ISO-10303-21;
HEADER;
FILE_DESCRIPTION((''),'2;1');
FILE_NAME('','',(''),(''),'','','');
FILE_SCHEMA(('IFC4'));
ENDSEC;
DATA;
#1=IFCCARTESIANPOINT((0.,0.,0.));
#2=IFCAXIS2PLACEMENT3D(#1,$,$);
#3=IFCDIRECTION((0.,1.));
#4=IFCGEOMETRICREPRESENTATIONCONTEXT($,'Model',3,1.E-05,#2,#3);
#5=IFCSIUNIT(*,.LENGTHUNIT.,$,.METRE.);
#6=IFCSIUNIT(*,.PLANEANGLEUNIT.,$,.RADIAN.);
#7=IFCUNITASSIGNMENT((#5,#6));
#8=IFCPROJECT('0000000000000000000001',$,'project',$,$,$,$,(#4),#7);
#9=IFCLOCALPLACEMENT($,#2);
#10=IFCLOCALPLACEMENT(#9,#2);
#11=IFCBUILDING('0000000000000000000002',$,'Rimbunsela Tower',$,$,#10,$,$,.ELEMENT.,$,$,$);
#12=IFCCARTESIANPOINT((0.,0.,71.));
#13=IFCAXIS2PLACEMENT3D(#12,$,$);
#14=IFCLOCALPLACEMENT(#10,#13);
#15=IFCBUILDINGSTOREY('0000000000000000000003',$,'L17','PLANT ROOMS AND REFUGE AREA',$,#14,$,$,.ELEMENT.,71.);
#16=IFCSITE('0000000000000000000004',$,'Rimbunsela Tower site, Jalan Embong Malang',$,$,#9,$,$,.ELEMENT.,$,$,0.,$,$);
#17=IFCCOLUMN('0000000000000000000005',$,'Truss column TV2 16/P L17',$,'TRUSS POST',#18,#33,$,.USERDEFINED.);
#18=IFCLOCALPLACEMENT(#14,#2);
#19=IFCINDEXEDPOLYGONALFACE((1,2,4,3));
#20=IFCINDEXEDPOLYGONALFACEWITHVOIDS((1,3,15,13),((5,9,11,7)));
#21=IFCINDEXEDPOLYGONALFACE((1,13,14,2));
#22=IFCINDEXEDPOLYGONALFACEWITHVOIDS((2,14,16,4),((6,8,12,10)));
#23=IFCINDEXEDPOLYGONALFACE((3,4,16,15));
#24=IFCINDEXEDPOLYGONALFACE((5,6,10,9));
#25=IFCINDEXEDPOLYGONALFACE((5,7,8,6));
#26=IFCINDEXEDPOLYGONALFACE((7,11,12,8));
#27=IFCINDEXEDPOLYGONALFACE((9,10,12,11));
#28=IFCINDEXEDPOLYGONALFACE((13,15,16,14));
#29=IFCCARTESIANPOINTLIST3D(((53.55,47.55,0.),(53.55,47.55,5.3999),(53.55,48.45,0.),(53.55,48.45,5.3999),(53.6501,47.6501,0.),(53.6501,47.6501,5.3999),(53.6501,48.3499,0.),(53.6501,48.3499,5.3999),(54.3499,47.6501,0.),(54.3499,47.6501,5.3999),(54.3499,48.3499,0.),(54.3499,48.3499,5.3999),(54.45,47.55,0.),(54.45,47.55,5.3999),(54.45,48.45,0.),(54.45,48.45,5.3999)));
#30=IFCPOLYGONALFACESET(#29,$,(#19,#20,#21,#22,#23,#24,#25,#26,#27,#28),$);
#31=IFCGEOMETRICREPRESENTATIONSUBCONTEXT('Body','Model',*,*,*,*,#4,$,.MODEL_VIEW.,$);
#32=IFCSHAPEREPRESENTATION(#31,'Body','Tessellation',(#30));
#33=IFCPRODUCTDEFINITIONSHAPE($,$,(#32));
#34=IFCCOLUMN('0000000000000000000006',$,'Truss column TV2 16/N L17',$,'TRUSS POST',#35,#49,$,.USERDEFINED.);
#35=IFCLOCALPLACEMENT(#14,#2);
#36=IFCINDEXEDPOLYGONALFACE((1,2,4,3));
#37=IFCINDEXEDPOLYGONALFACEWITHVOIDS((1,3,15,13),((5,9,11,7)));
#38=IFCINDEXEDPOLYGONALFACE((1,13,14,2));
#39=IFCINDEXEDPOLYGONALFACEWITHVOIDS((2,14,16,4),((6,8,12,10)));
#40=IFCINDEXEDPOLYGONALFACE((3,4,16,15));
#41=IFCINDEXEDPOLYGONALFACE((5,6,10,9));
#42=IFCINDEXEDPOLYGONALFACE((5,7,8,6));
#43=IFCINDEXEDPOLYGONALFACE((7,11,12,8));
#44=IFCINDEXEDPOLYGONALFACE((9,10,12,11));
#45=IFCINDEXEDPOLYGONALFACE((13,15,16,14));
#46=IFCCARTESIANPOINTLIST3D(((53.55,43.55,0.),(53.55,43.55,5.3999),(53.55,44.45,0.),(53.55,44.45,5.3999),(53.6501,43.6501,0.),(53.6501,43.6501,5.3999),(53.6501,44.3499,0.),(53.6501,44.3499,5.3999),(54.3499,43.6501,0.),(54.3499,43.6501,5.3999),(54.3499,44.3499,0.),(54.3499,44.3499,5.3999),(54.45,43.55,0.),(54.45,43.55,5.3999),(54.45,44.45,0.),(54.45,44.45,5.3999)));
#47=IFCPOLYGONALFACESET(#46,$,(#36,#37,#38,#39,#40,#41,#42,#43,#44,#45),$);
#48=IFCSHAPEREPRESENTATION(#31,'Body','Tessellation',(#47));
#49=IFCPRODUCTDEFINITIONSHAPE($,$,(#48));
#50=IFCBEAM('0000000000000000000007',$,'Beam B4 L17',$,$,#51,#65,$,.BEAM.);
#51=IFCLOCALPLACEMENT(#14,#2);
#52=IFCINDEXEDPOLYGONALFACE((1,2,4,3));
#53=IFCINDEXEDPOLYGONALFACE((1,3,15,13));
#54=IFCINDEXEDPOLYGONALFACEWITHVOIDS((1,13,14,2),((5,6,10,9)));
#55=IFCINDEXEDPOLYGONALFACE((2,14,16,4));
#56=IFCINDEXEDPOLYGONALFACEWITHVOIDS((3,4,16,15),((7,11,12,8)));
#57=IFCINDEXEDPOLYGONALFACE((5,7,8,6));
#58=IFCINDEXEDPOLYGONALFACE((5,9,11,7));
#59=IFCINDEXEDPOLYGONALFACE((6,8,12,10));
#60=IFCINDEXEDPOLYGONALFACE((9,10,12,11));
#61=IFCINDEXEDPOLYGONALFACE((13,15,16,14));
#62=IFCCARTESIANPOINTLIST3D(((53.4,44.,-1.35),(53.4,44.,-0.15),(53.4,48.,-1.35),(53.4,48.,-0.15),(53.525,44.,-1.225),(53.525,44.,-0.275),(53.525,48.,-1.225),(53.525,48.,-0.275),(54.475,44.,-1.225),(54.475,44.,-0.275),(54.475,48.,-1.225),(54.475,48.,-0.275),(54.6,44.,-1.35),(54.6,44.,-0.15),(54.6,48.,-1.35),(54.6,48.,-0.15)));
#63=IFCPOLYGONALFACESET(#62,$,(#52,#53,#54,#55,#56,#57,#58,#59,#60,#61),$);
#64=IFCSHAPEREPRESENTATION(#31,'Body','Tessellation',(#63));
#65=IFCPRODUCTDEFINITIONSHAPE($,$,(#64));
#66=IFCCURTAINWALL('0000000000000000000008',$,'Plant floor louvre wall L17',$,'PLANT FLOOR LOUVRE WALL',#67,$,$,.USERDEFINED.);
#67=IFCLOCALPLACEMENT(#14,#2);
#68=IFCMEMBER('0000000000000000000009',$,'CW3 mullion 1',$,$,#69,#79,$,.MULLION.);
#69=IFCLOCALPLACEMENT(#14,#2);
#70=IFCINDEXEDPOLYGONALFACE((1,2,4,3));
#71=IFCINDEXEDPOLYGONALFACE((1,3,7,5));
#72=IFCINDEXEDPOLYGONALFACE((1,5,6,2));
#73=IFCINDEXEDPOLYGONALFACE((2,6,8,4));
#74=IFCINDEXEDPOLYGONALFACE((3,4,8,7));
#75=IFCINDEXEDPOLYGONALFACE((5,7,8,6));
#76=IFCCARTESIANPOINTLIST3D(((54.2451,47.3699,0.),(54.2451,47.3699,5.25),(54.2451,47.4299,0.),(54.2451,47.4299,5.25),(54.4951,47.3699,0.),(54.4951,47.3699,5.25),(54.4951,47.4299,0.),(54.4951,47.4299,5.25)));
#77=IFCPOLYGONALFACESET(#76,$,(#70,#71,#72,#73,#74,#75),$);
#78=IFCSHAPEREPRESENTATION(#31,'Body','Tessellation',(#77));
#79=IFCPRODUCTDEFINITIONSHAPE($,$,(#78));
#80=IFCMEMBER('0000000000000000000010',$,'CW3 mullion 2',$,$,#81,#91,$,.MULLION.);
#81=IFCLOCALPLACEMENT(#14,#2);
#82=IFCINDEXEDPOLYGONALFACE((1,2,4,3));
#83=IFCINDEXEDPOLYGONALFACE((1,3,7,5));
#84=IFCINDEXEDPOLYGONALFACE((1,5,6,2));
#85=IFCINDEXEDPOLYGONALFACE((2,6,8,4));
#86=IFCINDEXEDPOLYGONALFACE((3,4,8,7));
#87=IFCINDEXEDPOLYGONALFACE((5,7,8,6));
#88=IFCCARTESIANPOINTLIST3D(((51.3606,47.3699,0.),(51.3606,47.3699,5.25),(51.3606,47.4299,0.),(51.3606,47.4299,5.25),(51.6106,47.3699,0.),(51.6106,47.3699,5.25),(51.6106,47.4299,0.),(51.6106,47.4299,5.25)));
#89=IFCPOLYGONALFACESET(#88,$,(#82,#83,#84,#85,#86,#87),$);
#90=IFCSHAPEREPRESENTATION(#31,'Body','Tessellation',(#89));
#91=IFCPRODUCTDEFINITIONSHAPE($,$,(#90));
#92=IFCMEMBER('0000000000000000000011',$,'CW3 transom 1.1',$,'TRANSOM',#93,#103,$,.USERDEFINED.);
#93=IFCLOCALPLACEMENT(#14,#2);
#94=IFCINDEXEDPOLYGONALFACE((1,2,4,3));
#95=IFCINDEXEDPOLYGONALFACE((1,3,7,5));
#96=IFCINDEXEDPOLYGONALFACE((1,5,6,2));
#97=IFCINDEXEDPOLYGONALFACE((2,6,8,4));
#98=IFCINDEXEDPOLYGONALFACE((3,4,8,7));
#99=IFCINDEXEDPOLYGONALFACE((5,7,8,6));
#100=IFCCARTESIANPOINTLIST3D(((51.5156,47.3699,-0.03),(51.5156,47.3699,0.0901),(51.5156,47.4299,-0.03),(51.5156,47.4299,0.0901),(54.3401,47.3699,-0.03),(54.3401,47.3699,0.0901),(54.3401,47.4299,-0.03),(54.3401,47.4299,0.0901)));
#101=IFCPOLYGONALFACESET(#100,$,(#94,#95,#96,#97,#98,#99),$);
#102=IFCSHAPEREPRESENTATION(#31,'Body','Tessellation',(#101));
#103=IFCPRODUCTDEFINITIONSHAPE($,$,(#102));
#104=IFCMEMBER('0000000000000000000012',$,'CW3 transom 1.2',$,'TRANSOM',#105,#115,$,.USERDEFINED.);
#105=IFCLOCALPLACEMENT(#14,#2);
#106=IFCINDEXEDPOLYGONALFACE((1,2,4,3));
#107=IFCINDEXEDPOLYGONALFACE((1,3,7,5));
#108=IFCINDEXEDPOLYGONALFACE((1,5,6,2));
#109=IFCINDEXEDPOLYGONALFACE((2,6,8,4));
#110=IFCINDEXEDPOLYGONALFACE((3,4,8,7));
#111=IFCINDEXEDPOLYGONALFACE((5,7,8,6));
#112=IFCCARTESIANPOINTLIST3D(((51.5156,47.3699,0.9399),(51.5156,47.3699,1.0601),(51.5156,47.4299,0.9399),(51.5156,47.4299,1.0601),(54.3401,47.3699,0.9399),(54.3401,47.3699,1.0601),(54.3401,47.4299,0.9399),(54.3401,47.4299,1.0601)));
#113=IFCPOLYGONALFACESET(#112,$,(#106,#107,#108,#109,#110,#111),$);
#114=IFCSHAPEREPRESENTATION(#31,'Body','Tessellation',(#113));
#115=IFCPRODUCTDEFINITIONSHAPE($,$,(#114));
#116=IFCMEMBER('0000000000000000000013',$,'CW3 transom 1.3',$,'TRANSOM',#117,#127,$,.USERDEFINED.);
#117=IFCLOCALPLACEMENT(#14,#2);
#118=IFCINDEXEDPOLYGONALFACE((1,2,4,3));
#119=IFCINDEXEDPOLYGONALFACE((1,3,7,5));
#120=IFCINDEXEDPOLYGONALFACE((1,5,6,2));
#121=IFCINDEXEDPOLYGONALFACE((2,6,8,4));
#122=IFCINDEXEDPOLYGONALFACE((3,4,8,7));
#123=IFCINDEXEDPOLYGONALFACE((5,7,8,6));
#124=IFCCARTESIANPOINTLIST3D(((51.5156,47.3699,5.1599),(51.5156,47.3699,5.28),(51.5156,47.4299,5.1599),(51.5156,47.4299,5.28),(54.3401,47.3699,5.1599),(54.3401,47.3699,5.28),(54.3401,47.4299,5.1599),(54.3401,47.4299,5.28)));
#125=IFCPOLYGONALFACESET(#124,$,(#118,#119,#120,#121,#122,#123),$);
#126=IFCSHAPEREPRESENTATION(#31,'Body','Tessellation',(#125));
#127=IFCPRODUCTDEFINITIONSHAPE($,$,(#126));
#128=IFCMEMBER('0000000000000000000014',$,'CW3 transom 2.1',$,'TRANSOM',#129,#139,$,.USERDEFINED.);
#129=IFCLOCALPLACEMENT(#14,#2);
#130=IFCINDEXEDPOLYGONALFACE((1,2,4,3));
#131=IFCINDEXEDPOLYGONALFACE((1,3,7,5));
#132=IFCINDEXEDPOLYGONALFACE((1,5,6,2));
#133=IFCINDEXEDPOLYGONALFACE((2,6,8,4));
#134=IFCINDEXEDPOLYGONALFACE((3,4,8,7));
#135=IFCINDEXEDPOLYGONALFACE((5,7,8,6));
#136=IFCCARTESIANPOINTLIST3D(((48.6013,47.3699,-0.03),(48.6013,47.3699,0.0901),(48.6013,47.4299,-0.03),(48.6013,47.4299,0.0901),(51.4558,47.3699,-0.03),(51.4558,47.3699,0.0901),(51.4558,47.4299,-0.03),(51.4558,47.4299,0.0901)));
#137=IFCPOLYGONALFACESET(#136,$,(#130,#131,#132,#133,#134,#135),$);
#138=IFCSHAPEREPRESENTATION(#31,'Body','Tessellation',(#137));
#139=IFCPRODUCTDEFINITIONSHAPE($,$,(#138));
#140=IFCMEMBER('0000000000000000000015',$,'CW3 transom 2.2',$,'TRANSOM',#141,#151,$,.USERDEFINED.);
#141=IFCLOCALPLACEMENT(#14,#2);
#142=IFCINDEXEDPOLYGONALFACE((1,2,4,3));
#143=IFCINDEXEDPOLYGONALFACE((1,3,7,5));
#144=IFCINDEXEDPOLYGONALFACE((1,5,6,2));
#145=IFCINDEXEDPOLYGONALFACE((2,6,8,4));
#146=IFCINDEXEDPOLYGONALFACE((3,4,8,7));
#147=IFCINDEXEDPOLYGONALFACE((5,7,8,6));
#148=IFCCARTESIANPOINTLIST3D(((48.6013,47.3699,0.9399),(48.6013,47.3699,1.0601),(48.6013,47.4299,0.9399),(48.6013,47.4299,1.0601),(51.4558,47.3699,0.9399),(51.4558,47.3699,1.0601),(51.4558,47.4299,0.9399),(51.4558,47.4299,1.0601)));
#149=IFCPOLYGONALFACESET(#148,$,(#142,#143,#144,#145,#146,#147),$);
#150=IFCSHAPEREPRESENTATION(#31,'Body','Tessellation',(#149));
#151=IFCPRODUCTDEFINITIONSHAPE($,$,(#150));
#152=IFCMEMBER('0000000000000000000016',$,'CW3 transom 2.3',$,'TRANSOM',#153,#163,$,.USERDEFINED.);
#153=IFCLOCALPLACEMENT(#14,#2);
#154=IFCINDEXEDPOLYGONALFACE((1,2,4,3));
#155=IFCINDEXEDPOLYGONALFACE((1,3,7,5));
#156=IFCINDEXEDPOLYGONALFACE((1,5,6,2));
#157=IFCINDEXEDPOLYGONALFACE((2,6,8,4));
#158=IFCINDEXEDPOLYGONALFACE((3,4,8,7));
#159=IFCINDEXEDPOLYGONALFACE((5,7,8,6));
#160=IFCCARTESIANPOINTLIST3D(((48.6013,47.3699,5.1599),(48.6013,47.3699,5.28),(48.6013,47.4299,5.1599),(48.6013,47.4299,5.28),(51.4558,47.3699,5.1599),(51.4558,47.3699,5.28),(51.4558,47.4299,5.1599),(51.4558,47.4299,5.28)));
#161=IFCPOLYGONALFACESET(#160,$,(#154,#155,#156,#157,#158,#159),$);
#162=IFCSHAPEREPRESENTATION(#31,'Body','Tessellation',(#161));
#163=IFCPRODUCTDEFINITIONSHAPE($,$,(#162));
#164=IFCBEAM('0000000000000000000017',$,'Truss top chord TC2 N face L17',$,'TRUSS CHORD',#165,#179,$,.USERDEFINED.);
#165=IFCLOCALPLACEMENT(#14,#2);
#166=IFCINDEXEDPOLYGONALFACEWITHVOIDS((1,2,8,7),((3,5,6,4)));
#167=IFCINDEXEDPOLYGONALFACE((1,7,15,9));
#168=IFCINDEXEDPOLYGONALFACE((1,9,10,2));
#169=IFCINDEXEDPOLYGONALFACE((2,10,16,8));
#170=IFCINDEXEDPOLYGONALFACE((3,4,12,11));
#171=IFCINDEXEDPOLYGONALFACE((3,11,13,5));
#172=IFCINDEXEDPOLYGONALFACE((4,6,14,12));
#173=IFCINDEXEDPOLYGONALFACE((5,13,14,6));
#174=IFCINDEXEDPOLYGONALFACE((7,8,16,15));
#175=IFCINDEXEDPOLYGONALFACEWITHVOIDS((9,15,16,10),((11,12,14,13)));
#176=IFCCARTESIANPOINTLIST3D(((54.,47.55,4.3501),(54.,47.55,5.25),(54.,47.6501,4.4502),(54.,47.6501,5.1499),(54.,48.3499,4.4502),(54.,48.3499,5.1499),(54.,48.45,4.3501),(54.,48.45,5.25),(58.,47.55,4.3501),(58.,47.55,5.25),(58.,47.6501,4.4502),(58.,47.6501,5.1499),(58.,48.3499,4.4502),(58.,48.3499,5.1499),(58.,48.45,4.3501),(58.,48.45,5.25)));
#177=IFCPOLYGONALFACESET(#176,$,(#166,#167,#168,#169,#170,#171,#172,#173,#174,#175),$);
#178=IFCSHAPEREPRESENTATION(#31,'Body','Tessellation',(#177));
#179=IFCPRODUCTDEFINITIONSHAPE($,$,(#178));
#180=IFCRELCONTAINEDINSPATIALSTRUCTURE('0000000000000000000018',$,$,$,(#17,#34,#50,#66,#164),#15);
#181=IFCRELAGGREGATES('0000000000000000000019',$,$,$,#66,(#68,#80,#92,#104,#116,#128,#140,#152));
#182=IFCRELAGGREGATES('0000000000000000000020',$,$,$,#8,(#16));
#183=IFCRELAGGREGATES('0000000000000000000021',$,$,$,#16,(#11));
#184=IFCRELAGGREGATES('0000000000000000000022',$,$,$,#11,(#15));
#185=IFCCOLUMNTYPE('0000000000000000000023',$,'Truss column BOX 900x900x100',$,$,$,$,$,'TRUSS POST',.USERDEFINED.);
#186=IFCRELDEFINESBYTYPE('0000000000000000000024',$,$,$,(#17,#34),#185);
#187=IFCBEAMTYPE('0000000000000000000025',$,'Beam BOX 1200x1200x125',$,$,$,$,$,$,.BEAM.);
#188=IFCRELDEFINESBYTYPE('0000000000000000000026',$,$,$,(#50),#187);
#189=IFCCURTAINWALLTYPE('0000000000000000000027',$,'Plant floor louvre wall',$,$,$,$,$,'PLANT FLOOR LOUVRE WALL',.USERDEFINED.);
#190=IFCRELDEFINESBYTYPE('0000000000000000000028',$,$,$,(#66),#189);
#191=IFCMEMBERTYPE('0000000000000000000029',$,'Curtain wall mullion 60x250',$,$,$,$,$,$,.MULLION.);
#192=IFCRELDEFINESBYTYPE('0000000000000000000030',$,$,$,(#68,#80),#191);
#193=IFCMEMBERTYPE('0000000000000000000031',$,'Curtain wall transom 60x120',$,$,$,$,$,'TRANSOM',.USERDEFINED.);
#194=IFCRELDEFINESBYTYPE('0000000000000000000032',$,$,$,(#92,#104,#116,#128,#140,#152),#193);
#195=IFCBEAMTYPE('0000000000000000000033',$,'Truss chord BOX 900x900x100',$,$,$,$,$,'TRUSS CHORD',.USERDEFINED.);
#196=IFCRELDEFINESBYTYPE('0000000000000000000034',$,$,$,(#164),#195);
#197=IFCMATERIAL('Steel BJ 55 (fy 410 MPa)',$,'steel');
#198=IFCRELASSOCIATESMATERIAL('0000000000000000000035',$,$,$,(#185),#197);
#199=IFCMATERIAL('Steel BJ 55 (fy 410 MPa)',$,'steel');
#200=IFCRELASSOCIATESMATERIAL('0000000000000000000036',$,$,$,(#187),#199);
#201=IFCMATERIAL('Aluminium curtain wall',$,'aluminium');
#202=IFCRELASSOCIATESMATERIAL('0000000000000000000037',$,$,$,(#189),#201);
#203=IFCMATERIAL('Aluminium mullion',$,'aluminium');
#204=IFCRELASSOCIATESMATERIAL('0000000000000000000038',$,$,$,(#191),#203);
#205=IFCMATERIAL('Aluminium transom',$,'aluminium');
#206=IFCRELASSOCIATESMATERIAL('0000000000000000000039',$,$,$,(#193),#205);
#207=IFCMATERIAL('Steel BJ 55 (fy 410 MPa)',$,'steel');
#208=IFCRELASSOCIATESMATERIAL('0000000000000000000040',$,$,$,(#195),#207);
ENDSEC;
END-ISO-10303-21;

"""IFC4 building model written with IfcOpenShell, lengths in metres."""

from ifc_helpers import new_model, si_unit, direction, frame, origin, origin_2d, place, context, subcontext, project, spatial, rectangle, hollow_rectangle, extrude, material, material_profile, profile_set, type_object, element, aggregate, save


model = new_model("IFC4")

# Units and contexts
model_context = context("Model", 3, precision=1e-05, world=origin(), true_north=direction((0.0, 1.0)))
body_context = subcontext(model_context, "Body", "Model", "MODEL_VIEW")
ifc_project = project(units=[si_unit("LENGTHUNIT", "METRE"), si_unit("PLANEANGLEUNIT", "RADIAN")], contexts=[model_context])

# Site, building, storey
site_placement = place(None, origin())
site = spatial("IfcSite", under=ifc_project, at=site_placement, Name="Rimbunsela Tower site, Jalan Embong Malang", CompositionType="ELEMENT", RefElevation=0.0)
building_placement = place(site_placement, origin())
building = spatial("IfcBuilding", under=site, at=building_placement, Name="Rimbunsela Tower", CompositionType="ELEMENT")
storey_placement = place(building_placement, frame((0.0, 0.0, 71.0)))
storey = spatial("IfcBuildingStorey", under=building, at=storey_placement, Name="L17", Description="PLANT ROOMS AND REFUGE AREA", CompositionType="ELEMENT", Elevation=71.0)

# Columns
ifc_material_1 = material(Name="Steel BJ 55 (fy 410 MPa)", Category="steel")
ifc_material_profile_1 = material_profile(ifc_material_1, hollow_rectangle(XDim=0.8999, YDim=0.8999, WallThickness=0.1001, at=origin_2d()), Name="BOX 900x900x100")
ifc_profile_set_1 = profile_set([ifc_material_profile_1], Name="Steel BJ 55 (fy 410 MPa)")
column_type = type_object("IfcColumnType", Name="Truss column BOX 900x900x100", ElementType="TRUSS POST", PredefinedType="USERDEFINED", material=ifc_profile_set_1)
for number, where, z_axis, x_axis, name in (
    (1, (54.0, 48.0, 0.0), (0.0, 0.0, 1.0), (1.0, 0.0, 0.0), "Truss column TV2 16/P L17"),
    (2, (54.0, 44.0, 0.0), (0.0, 0.0, 1.0), (1.0, 0.0, 0.0), "Truss column TV2 16/N L17"),
):
    element("IfcColumn", number, at=place(storey_placement, frame(where, z_axis=z_axis, x_axis=x_axis)), inside=storey, type_object=column_type, Name=name, ObjectType="TRUSS POST", PredefinedType="USERDEFINED", context=body_context, shape_type="SweptSolid", body=[
        extrude(hollow_rectangle(XDim=0.8999, YDim=0.8999, WallThickness=0.1001, at=origin_2d()), origin(), (0.0, 0.0, 1.0), 5.3999),
    ])

# Beam
ifc_material_2 = material(Name="Steel BJ 55 (fy 410 MPa)", Category="steel")
ifc_material_profile_2 = material_profile(ifc_material_2, hollow_rectangle(XDim=1.2, YDim=1.2, WallThickness=0.125, at=origin_2d()), Name="BOX 1200x1200x125")
ifc_profile_set_2 = profile_set([ifc_material_profile_2], Name="Steel BJ 55 (fy 410 MPa)")
beam_type_1 = type_object("IfcBeamType", Name="Beam BOX 1200x1200x125", PredefinedType="BEAM", material=ifc_profile_set_2)
beam_placement = place(storey_placement, frame((54.0, 44.0, -0.75), z_axis=(0.0, 1.0, 0.0), x_axis=(-1.0, 0.0, 0.0)))
element("IfcBeam", 3, at=beam_placement, inside=storey, type_object=beam_type_1, Name="Beam B4 L17", PredefinedType="BEAM", context=body_context, shape_type="SweptSolid", body=[
    extrude(hollow_rectangle(XDim=1.2, YDim=1.2, WallThickness=0.125, at=origin_2d()), origin(), (0.0, 0.0, 1.0), 4.0),
])

# Curtain wall, members
ifc_material_3 = material(Name="Aluminium curtain wall", Category="aluminium")
curtain_wall_type = type_object("IfcCurtainWallType", Name="Plant floor louvre wall", ElementType="PLANT FLOOR LOUVRE WALL", PredefinedType="USERDEFINED", material=ifc_material_3)
curtain_wall_placement = place(storey_placement, origin())
curtain_wall = element("IfcCurtainWall", 4, at=curtain_wall_placement, inside=storey, type_object=curtain_wall_type, Name="Plant floor louvre wall L17", ObjectType="PLANT FLOOR LOUVRE WALL", PredefinedType="USERDEFINED")
ifc_material_4 = material(Name="Aluminium mullion", Category="aluminium")
ifc_material_profile_3 = material_profile(ifc_material_4, rectangle(XDim=0.0601, YDim=0.25, at=origin_2d()), Name="Mullion 60x250")
ifc_profile_set_3 = profile_set([ifc_material_profile_3], Name="Aluminium mullion")
member_type_1 = type_object("IfcMemberType", Name="Curtain wall mullion 60x250", PredefinedType="MULLION", material=ifc_profile_set_3)
member_1_placement = place(storey_placement, frame((54.3701, 47.3999, 0.0), z_axis=(0.0, 0.0, 1.0), x_axis=(0.0, -1.0, 0.0)))
member_1 = element("IfcMember", 5, at=member_1_placement, type_object=member_type_1, Name="CW3 mullion 1", PredefinedType="MULLION", context=body_context, shape_type="SweptSolid", body=[
    extrude(rectangle(XDim=0.0601, YDim=0.25, at=origin_2d()), origin(), (0.0, 0.0, 1.0), 5.25),
])
member_2_placement = place(storey_placement, frame((51.4856, 47.3999, 0.0), z_axis=(0.0, 0.0, 1.0), x_axis=(0.0, -1.0, 0.0)))
member_2 = element("IfcMember", 6, at=member_2_placement, type_object=member_type_1, Name="CW3 mullion 2", PredefinedType="MULLION", context=body_context, shape_type="SweptSolid", body=[
    extrude(rectangle(XDim=0.0601, YDim=0.25, at=origin_2d()), origin(), (0.0, 0.0, 1.0), 5.25),
])
ifc_material_5 = material(Name="Aluminium transom", Category="aluminium")
ifc_material_profile_4 = material_profile(ifc_material_5, rectangle(XDim=0.0601, YDim=0.1201, at=origin_2d()), Name="Transom 60x120")
ifc_profile_set_4 = profile_set([ifc_material_profile_4], Name="Aluminium transom")
member_type_2 = type_object("IfcMemberType", Name="Curtain wall transom 60x120", ElementType="TRANSOM", PredefinedType="USERDEFINED", material=ifc_profile_set_4)
member_3_placement = place(storey_placement, frame((54.3401, 47.3999, 0.03), z_axis=(-1.0, 0.0, 0.0), x_axis=(0.0, -1.0, 0.0)))
member_3 = element("IfcMember", 7, at=member_3_placement, type_object=member_type_2, Name="CW3 transom 1.1", ObjectType="TRANSOM", PredefinedType="USERDEFINED", context=body_context, shape_type="SweptSolid", body=[
    extrude(rectangle(XDim=0.0601, YDim=0.1201, at=origin_2d()), origin(), (0.0, 0.0, 1.0), 2.8245),
])
member_4_placement = place(storey_placement, frame((54.3401, 47.3999, 1.0), z_axis=(-1.0, 0.0, 0.0), x_axis=(0.0, -1.0, 0.0)))
member_4 = element("IfcMember", 8, at=member_4_placement, type_object=member_type_2, Name="CW3 transom 1.2", ObjectType="TRANSOM", PredefinedType="USERDEFINED", context=body_context, shape_type="SweptSolid", body=[
    extrude(rectangle(XDim=0.0601, YDim=0.1201, at=origin_2d()), origin(), (0.0, 0.0, 1.0), 2.8245),
])
member_5_placement = place(storey_placement, frame((54.3401, 47.3999, 5.22), z_axis=(-1.0, 0.0, 0.0), x_axis=(0.0, -1.0, 0.0)))
member_5 = element("IfcMember", 9, at=member_5_placement, type_object=member_type_2, Name="CW3 transom 1.3", ObjectType="TRANSOM", PredefinedType="USERDEFINED", context=body_context, shape_type="SweptSolid", body=[
    extrude(rectangle(XDim=0.0601, YDim=0.1201, at=origin_2d()), origin(), (0.0, 0.0, 1.0), 2.8245),
])
member_6_placement = place(storey_placement, frame((51.4558, 47.3999, 0.03), z_axis=(-1.0, 0.0, 0.0), x_axis=(0.0, -1.0, 0.0)))
member_6 = element("IfcMember", 10, at=member_6_placement, type_object=member_type_2, Name="CW3 transom 2.1", ObjectType="TRANSOM", PredefinedType="USERDEFINED", context=body_context, shape_type="SweptSolid", body=[
    extrude(rectangle(XDim=0.0601, YDim=0.1201, at=origin_2d()), origin(), (0.0, 0.0, 1.0), 2.8545),
])
member_7_placement = place(storey_placement, frame((51.4558, 47.3999, 1.0), z_axis=(-1.0, 0.0, 0.0), x_axis=(0.0, -1.0, 0.0)))
member_7 = element("IfcMember", 11, at=member_7_placement, type_object=member_type_2, Name="CW3 transom 2.2", ObjectType="TRANSOM", PredefinedType="USERDEFINED", context=body_context, shape_type="SweptSolid", body=[
    extrude(rectangle(XDim=0.0601, YDim=0.1201, at=origin_2d()), origin(), (0.0, 0.0, 1.0), 2.8545),
])
member_8_placement = place(storey_placement, frame((51.4558, 47.3999, 5.22), z_axis=(-1.0, 0.0, 0.0), x_axis=(0.0, -1.0, 0.0)))
member_8 = element("IfcMember", 12, at=member_8_placement, type_object=member_type_2, Name="CW3 transom 2.3", ObjectType="TRANSOM", PredefinedType="USERDEFINED", context=body_context, shape_type="SweptSolid", body=[
    extrude(rectangle(XDim=0.0601, YDim=0.1201, at=origin_2d()), origin(), (0.0, 0.0, 1.0), 2.8545),
])

# Beam
ifc_material_6 = material(Name="Steel BJ 55 (fy 410 MPa)", Category="steel")
ifc_material_profile_5 = material_profile(ifc_material_6, hollow_rectangle(XDim=0.8999, YDim=0.8999, WallThickness=0.1001, at=origin_2d()), Name="BOX 900x900x100")
ifc_profile_set_5 = profile_set([ifc_material_profile_5], Name="Steel BJ 55 (fy 410 MPa)")
beam_type_2 = type_object("IfcBeamType", Name="Truss chord BOX 900x900x100", ElementType="TRUSS CHORD", PredefinedType="USERDEFINED", material=ifc_profile_set_5)
for number, where, z_axis, x_axis, name in (
    (13, (54.0, 48.0, 4.8), (1.0, 0.0, 0.0), (0.0, 1.0, 0.0), "Truss top chord TC2 N face L17"),
):
    element("IfcBeam", number, at=place(storey_placement, frame(where, z_axis=z_axis, x_axis=x_axis)), inside=storey, type_object=beam_type_2, Name=name, ObjectType="TRUSS CHORD", PredefinedType="USERDEFINED", context=body_context, shape_type="SweptSolid", body=[
        extrude(hollow_rectangle(XDim=0.8999, YDim=0.8999, WallThickness=0.1001, at=origin_2d()), origin(), (0.0, 0.0, 1.0), 4.0),
    ])

aggregate(curtain_wall, [member_1, member_2, member_3, member_4, member_5, member_6, member_7, member_8])

save(model, "model.ifc")
